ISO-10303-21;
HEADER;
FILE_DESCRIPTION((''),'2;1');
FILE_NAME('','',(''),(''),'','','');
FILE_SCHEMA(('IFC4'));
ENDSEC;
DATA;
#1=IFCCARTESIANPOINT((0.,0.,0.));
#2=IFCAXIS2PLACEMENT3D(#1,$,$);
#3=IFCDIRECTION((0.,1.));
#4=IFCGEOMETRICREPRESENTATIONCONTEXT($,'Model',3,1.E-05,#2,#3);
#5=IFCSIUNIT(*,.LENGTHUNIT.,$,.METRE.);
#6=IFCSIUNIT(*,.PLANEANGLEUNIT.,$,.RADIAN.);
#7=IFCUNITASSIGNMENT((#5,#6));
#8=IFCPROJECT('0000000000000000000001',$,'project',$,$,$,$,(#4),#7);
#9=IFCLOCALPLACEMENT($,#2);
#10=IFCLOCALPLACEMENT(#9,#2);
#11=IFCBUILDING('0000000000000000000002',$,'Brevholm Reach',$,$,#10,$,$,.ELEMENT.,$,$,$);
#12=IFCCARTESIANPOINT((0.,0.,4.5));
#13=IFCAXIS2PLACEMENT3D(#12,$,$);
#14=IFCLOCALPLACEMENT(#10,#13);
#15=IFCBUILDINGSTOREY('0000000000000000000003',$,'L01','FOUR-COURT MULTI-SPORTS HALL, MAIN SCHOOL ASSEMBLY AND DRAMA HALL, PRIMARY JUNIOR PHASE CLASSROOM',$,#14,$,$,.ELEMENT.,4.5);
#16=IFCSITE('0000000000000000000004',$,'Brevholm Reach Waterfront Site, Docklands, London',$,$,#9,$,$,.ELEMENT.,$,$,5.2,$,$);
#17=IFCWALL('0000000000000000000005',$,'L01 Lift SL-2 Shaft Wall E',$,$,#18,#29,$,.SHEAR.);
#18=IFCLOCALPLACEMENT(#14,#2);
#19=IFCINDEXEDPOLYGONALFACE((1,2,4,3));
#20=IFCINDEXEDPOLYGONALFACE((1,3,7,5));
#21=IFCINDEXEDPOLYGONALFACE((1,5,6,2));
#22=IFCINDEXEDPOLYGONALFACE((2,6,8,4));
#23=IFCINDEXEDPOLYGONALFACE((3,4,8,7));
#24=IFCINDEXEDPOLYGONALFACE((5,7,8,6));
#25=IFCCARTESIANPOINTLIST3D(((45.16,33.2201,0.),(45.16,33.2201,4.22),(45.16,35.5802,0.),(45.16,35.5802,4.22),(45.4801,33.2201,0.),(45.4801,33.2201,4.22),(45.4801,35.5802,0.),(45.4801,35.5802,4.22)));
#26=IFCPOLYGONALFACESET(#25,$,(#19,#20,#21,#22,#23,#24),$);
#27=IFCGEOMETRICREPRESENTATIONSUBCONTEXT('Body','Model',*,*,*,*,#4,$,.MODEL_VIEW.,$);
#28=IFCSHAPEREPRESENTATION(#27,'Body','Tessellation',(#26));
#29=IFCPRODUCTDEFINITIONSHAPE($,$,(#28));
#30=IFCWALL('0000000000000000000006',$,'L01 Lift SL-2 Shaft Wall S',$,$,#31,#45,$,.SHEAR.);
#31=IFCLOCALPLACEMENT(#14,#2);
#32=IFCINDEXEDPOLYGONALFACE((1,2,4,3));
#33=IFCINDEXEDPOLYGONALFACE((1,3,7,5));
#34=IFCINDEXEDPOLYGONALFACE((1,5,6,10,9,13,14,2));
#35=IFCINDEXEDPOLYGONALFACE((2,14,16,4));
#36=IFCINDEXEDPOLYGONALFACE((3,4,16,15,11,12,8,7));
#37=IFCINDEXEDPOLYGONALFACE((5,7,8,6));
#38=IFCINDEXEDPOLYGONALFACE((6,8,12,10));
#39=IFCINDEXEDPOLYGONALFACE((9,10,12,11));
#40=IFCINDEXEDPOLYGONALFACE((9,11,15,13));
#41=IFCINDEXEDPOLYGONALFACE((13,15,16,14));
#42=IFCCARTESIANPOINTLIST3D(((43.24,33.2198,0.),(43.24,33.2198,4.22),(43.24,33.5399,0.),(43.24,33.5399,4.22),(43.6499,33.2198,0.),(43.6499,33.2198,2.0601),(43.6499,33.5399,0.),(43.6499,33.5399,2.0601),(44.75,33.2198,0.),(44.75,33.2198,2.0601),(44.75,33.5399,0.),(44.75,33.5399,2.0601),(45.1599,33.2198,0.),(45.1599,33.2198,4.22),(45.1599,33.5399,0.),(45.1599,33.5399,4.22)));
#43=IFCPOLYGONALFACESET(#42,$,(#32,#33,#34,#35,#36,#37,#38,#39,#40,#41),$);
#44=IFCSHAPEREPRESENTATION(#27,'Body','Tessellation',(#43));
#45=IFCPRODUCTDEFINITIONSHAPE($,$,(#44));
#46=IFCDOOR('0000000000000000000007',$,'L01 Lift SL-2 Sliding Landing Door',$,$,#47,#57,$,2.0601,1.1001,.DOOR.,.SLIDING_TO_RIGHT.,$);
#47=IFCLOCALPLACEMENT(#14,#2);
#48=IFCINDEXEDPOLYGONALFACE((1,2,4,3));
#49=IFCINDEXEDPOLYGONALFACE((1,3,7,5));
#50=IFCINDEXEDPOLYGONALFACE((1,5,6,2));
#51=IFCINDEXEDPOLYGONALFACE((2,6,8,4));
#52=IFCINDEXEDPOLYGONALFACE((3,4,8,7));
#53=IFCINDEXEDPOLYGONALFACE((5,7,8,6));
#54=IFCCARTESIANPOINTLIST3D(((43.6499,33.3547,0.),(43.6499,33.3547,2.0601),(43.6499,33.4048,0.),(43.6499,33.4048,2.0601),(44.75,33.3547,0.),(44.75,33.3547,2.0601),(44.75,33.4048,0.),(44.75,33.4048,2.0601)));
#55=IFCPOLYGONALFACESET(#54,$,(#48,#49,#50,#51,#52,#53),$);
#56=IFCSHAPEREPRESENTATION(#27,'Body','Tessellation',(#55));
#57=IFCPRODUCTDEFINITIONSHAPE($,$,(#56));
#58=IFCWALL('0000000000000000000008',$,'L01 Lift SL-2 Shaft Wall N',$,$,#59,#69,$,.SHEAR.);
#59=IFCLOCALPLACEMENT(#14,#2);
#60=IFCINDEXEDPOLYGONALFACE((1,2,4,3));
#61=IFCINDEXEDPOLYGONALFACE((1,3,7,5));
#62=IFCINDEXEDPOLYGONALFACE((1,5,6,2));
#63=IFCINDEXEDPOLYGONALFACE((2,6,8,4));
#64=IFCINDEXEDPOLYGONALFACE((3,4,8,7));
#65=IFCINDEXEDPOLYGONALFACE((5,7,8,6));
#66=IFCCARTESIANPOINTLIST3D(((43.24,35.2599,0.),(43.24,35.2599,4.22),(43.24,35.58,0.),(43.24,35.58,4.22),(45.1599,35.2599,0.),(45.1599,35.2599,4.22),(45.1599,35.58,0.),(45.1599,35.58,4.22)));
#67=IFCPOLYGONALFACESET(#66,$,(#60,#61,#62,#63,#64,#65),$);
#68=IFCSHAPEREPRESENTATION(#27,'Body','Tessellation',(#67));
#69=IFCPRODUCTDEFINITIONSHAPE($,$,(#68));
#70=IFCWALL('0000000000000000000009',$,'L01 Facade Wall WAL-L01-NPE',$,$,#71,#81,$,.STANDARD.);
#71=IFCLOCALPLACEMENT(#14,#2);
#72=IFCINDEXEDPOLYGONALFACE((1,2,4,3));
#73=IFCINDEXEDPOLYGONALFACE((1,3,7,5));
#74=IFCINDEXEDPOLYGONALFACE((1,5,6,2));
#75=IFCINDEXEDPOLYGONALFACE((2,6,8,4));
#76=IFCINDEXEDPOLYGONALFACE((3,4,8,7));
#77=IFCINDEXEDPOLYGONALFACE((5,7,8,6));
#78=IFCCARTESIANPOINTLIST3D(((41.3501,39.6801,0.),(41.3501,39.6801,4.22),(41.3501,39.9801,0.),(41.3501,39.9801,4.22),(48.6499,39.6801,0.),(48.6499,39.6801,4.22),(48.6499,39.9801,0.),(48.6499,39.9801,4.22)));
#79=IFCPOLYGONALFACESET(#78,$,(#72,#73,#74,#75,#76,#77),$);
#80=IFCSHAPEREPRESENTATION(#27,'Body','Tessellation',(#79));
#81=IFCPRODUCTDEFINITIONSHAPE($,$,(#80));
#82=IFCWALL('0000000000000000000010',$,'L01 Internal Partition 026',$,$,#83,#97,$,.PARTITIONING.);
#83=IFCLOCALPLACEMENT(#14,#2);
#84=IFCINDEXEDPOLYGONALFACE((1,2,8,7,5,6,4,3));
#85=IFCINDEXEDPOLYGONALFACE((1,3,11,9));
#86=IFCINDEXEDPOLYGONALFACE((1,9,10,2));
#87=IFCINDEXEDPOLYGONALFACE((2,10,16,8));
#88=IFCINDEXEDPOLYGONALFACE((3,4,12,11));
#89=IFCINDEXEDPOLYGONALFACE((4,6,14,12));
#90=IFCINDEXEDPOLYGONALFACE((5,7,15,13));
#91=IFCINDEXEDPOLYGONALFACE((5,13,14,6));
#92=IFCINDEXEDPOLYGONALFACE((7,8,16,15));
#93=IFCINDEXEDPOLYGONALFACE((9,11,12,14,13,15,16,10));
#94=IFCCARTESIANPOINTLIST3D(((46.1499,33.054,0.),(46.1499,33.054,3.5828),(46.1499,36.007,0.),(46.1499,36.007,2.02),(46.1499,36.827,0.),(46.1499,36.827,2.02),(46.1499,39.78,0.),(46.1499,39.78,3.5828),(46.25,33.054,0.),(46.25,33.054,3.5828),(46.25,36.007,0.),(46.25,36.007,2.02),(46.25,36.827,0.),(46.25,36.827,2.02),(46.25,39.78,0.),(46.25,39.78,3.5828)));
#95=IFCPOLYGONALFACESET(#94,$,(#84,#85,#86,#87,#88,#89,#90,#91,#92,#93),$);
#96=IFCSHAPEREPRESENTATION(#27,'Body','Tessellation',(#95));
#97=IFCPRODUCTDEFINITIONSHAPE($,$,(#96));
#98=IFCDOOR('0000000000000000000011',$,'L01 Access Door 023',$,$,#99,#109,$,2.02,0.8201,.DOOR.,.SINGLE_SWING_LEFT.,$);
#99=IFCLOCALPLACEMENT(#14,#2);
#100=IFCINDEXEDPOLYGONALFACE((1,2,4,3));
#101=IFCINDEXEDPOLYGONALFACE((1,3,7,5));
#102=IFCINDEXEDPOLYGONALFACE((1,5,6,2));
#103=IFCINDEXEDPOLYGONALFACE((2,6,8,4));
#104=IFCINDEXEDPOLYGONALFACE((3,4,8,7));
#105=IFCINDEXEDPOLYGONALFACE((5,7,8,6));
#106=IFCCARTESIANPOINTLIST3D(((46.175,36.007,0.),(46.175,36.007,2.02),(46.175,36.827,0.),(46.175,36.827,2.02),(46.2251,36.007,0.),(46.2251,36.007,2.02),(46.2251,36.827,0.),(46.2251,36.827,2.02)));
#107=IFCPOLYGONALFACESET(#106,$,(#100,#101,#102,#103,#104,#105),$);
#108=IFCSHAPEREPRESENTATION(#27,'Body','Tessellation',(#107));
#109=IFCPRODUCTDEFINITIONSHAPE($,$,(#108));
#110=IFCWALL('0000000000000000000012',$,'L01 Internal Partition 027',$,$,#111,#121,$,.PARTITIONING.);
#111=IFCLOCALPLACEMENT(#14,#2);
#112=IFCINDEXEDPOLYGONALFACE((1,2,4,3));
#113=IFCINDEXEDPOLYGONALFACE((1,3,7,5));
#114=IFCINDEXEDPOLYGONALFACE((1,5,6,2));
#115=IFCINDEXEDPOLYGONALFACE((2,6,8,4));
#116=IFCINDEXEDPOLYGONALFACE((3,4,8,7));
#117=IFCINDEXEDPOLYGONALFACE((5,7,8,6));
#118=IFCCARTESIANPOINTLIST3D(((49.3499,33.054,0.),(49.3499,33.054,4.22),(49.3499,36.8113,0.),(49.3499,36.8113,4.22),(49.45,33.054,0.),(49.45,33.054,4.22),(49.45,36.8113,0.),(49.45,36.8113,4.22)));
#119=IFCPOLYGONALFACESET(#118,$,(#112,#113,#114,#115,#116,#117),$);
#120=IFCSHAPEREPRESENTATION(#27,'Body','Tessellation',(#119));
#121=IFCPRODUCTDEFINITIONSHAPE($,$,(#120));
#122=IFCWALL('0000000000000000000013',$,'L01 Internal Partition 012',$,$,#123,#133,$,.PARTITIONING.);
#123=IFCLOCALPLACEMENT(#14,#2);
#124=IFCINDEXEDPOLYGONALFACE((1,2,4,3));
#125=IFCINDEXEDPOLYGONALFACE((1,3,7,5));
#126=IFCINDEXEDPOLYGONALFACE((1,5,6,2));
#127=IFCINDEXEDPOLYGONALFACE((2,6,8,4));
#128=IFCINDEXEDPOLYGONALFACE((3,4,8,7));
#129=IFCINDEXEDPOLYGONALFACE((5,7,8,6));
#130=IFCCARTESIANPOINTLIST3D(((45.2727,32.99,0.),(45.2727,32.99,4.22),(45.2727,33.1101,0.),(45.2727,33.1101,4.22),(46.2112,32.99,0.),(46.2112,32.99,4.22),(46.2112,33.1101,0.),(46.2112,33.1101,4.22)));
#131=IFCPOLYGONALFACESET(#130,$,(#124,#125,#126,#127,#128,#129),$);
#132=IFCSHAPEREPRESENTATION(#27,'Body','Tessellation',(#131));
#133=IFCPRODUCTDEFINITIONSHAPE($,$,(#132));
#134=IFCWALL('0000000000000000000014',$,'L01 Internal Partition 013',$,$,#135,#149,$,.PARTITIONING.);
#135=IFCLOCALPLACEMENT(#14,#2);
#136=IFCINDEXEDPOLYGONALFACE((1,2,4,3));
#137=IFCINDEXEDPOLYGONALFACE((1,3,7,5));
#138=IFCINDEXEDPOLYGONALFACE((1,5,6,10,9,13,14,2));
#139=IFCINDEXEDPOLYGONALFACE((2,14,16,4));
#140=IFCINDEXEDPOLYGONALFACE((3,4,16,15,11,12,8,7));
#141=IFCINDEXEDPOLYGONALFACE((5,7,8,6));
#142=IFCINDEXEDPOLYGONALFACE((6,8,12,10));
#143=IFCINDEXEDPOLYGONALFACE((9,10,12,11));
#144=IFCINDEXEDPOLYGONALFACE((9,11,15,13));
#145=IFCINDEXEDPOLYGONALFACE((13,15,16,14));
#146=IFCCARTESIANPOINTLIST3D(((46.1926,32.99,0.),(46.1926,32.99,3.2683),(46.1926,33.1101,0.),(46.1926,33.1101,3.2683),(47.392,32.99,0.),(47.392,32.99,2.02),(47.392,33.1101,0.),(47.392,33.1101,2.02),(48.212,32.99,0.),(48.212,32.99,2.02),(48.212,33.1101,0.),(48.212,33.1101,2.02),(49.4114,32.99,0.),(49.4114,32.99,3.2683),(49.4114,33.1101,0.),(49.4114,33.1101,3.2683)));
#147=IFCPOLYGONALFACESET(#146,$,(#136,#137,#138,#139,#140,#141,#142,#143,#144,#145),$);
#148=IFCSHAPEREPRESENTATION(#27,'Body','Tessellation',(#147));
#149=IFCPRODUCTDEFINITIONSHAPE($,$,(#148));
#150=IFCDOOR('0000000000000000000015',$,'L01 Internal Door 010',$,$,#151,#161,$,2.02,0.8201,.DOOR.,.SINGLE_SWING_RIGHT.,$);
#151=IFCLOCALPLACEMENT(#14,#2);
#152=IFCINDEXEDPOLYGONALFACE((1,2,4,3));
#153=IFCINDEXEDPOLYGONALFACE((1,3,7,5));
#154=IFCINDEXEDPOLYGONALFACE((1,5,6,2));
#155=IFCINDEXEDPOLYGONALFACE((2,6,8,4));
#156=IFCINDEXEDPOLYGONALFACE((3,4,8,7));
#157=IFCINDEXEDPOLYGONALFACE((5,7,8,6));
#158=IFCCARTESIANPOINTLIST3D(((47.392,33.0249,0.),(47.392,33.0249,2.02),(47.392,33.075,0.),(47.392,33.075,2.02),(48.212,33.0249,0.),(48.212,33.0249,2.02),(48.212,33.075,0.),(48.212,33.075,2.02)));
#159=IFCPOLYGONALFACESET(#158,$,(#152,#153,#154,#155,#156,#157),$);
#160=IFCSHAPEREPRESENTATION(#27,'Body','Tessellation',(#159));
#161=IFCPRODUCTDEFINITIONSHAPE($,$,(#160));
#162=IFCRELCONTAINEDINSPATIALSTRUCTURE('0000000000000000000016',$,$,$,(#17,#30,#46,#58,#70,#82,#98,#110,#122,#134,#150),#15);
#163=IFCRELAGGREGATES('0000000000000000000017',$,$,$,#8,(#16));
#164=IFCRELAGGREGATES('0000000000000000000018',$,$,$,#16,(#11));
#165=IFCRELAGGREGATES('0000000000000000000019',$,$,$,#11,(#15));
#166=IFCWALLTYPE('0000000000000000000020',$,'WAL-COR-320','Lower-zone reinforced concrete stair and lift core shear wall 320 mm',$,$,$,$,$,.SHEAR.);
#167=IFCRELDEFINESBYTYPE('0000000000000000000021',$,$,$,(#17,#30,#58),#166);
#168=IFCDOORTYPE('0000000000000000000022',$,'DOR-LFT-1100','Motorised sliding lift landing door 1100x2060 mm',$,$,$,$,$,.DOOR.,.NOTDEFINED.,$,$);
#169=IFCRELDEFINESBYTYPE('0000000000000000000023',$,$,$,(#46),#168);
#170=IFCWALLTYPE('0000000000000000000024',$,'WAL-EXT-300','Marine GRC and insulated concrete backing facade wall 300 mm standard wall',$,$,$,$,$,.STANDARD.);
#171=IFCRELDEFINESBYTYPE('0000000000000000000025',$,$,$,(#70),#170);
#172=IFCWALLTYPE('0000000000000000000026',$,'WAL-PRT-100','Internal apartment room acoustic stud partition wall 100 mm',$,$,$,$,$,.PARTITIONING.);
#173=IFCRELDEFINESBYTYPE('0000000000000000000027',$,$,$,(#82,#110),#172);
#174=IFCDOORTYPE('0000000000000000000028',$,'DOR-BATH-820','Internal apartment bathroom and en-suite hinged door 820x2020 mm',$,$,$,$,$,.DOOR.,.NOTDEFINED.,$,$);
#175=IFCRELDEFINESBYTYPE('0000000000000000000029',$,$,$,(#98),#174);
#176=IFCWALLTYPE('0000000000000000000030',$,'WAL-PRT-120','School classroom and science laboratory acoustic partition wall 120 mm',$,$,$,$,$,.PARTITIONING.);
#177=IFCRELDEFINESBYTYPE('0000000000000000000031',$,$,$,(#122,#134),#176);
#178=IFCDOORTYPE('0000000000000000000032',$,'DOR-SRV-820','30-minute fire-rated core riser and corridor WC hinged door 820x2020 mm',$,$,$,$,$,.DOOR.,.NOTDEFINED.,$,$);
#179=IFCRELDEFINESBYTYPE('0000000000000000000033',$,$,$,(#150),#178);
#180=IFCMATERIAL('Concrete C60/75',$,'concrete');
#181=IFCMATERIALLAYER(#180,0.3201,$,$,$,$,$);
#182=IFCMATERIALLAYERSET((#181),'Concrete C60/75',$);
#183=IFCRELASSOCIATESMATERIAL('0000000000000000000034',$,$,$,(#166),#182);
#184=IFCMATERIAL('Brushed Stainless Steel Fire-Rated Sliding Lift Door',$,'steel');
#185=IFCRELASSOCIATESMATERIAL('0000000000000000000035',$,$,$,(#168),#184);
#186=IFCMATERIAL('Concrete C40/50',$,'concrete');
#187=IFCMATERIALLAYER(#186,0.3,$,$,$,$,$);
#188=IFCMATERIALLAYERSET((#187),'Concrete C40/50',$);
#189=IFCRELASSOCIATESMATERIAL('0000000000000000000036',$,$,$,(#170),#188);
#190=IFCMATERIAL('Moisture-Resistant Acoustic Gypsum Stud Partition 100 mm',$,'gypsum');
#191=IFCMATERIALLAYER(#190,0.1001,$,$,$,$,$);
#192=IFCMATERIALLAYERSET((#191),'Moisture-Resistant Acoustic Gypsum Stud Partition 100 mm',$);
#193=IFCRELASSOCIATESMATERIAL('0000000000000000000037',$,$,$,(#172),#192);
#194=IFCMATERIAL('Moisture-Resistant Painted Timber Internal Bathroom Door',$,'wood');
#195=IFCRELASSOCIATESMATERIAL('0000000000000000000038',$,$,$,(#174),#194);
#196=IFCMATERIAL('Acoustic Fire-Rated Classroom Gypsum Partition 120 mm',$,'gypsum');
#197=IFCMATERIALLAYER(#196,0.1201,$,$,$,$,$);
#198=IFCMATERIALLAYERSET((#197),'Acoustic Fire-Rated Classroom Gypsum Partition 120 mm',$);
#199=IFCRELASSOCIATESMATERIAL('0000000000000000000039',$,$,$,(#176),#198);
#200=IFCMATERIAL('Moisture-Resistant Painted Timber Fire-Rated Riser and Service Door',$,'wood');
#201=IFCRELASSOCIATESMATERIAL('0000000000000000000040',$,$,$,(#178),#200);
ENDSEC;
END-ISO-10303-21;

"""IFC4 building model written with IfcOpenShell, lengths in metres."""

from ifc_helpers import new_model, si_unit, direction, frame, frame_2d, origin, place, context, subcontext, project, spatial, rectangle, extrude, material, layer, layer_set, type_object, element, fill, save


model = new_model("IFC4")

# Units and contexts
model_context = context("Model", 3, precision=1e-05, world=origin(), true_north=direction((0.0, 1.0)))
body_context = subcontext(model_context, "Body", "Model", "MODEL_VIEW")
ifc_project = project(units=[si_unit("LENGTHUNIT", "METRE"), si_unit("PLANEANGLEUNIT", "RADIAN")], contexts=[model_context])

# Site, building, storey
site_placement = place(None, origin())
site = spatial("IfcSite", under=ifc_project, at=site_placement, Name="Brevholm Reach Waterfront Site, Docklands, London", CompositionType="ELEMENT", RefElevation=5.2)
building_placement = place(site_placement, origin())
building = spatial("IfcBuilding", under=site, at=building_placement, Name="Brevholm Reach", CompositionType="ELEMENT")
storey_placement = place(building_placement, frame((0.0, 0.0, 4.5)))
storey = spatial("IfcBuildingStorey", under=building, at=storey_placement, Name="L01", Description="FOUR-COURT MULTI-SPORTS HALL, MAIN SCHOOL ASSEMBLY AND DRAMA HALL, PRIMARY JUNIOR PHASE CLASSROOM", CompositionType="ELEMENT", Elevation=4.5)

# Wall
ifc_material_1 = material(Name="Concrete C60/75", Category="concrete")
ifc_layer_1 = layer(ifc_material_1, 0.3201)
ifc_layer_set_1 = layer_set([ifc_layer_1], Name="Concrete C60/75")
wall_type_1 = type_object("IfcWallType", Name="WAL-COR-320", Description="Lower-zone reinforced concrete stair and lift core shear wall 320 mm", PredefinedType="SHEAR", material=ifc_layer_set_1)
for number, where, z_axis, x_axis, name in (
    (1, (45.3201, 33.22, 0.0), (0.0, 0.0, 1.0), (0.0, 1.0, 0.0), "L01 Lift SL-2 Shaft Wall E"),
):
    element("IfcWall", number, at=place(storey_placement, frame(where, z_axis=z_axis, x_axis=x_axis)), inside=storey, type_object=wall_type_1, Name=name, PredefinedType="SHEAR", context=body_context, shape_type="SweptSolid", body=[
        extrude(rectangle(XDim=2.3601, YDim=0.3201, at=frame_2d((1.1802, 0.0))), origin(), (0.0, 0.0, 1.0), 4.22),
    ])

# Wall, opening, door
wall_1_placement = place(storey_placement, frame((43.24, 33.3799, 0.0), z_axis=(0.0, 0.0, 1.0), x_axis=(1.0, 0.0, 0.0)))
wall_1 = element("IfcWall", 2, at=wall_1_placement, inside=storey, type_object=wall_type_1, Name="L01 Lift SL-2 Shaft Wall S", PredefinedType="SHEAR", context=body_context, shape_type="SweptSolid", body=[
    extrude(rectangle(XDim=1.9199, YDim=0.3201, at=frame_2d((0.96, 0.0))), origin(), (0.0, 0.0, 1.0), 4.22),
])
opening_1_placement = place(wall_1_placement, frame((0.4099, 0.0, 0.0)))
opening_1 = element("IfcOpeningElement", 3, at=opening_1_placement, cuts=wall_1, PredefinedType="OPENING", context=body_context, shape_type="SweptSolid", body=[
    extrude(rectangle(XDim=1.1001, YDim=2.0601, at=frame_2d((0.55, 1.03))), frame((0.0, 0.1699, 0.0), z_axis=(0.0, -1.0, 0.0), x_axis=(1.0, 0.0, 0.0)), (0.0, 0.0, 1.0), 0.3401),
])
ifc_material_2 = material(Name="Brushed Stainless Steel Fire-Rated Sliding Lift Door", Category="steel")
door_type_1 = type_object("IfcDoorType", Name="DOR-LFT-1100", Description="Motorised sliding lift landing door 1100x2060 mm", OperationType="NOTDEFINED", PredefinedType="DOOR", material=ifc_material_2)
door_1_placement = place(opening_1_placement, origin())
door_1 = element("IfcDoor", 4, at=door_1_placement, inside=storey, type_object=door_type_1, Name="L01 Lift SL-2 Sliding Landing Door", OperationType="SLIDING_TO_RIGHT", OverallHeight=2.0601, OverallWidth=1.1001, PredefinedType="DOOR", context=body_context, shape_type="SweptSolid", body=[
    extrude(rectangle(XDim=1.1001, YDim=2.0601, at=frame_2d((0.55, 1.03))), frame((0.0, 0.0249, 0.0), z_axis=(0.0, -1.0, 0.0), x_axis=(1.0, 0.0, 0.0)), (0.0, 0.0, 1.0), 0.05),
])
fill(opening_1, door_1)

# Walls
wall_2_placement = place(storey_placement, frame((43.24, 35.4199, 0.0), z_axis=(0.0, 0.0, 1.0), x_axis=(1.0, 0.0, 0.0)))
element("IfcWall", 5, at=wall_2_placement, inside=storey, type_object=wall_type_1, Name="L01 Lift SL-2 Shaft Wall N", PredefinedType="SHEAR", context=body_context, shape_type="SweptSolid", body=[
    extrude(rectangle(XDim=1.9199, YDim=0.3201, at=frame_2d((0.96, 0.0))), origin(), (0.0, 0.0, 1.0), 4.22),
])
ifc_material_3 = material(Name="Concrete C40/50", Category="concrete")
ifc_layer_2 = layer(ifc_material_3, 0.3)
ifc_layer_set_2 = layer_set([ifc_layer_2], Name="Concrete C40/50")
wall_type_2 = type_object("IfcWallType", Name="WAL-EXT-300", Description="Marine GRC and insulated concrete backing facade wall 300 mm standard wall", PredefinedType="STANDARD", material=ifc_layer_set_2)
wall_3_placement = place(storey_placement, frame((41.3501, 39.8301, 0.0), z_axis=(0.0, 0.0, 1.0), x_axis=(1.0, 0.0, 0.0)))
element("IfcWall", 6, at=wall_3_placement, inside=storey, type_object=wall_type_2, Name="L01 Facade Wall WAL-L01-NPE", PredefinedType="STANDARD", context=body_context, shape_type="SweptSolid", body=[
    extrude(rectangle(XDim=7.2998, YDim=0.3, at=frame_2d((3.6499, 0.0))), origin(), (0.0, 0.0, 1.0), 4.22),
])

# Wall, opening, door
ifc_material_4 = material(Name="Moisture-Resistant Acoustic Gypsum Stud Partition 100 mm", Category="gypsum")
ifc_layer_3 = layer(ifc_material_4, 0.1001)
ifc_layer_set_3 = layer_set([ifc_layer_3], Name="Moisture-Resistant Acoustic Gypsum Stud Partition 100 mm")
wall_type_3 = type_object("IfcWallType", Name="WAL-PRT-100", Description="Internal apartment room acoustic stud partition wall 100 mm", PredefinedType="PARTITIONING", material=ifc_layer_set_3)
wall_4_placement = place(storey_placement, frame((46.2, 33.054, 0.0), z_axis=(0.0, 0.0, 1.0), x_axis=(0.0, 1.0, 0.0)))
wall_4 = element("IfcWall", 7, at=wall_4_placement, inside=storey, type_object=wall_type_3, Name="L01 Internal Partition 026", PredefinedType="PARTITIONING", context=body_context, shape_type="SweptSolid", body=[
    extrude(rectangle(XDim=6.7261, YDim=0.1001, at=frame_2d((3.363, 0.0))), origin(), (0.0, 0.0, 1.0), 3.5828),
])
opening_2_placement = place(wall_4_placement, frame((2.9529, 0.0, 0.0)))
opening_2 = element("IfcOpeningElement", 8, at=opening_2_placement, cuts=wall_4, PredefinedType="OPENING", context=body_context, shape_type="SweptSolid", body=[
    extrude(rectangle(XDim=0.8201, YDim=2.02, at=frame_2d((0.4102, 1.01))), frame((0.0, 0.0601, 0.0), z_axis=(0.0, -1.0, 0.0), x_axis=(1.0, 0.0, 0.0)), (0.0, 0.0, 1.0), 0.1201),
])
ifc_material_5 = material(Name="Moisture-Resistant Painted Timber Internal Bathroom Door", Category="wood")
door_type_2 = type_object("IfcDoorType", Name="DOR-BATH-820", Description="Internal apartment bathroom and en-suite hinged door 820x2020 mm", OperationType="NOTDEFINED", PredefinedType="DOOR", material=ifc_material_5)
door_2_placement = place(opening_2_placement, origin())
door_2 = element("IfcDoor", 9, at=door_2_placement, inside=storey, type_object=door_type_2, Name="L01 Access Door 023", OperationType="SINGLE_SWING_LEFT", OverallHeight=2.02, OverallWidth=0.8201, PredefinedType="DOOR", context=body_context, shape_type="SweptSolid", body=[
    extrude(rectangle(XDim=0.8201, YDim=2.02, at=frame_2d((0.4102, 1.01))), frame((0.0, 0.0249, 0.0), z_axis=(0.0, -1.0, 0.0), x_axis=(1.0, 0.0, 0.0)), (0.0, 0.0, 1.0), 0.05),
])
fill(opening_2, door_2)

# Walls
wall_5_placement = place(storey_placement, frame((49.3999, 33.054, 0.0), z_axis=(0.0, 0.0, 1.0), x_axis=(0.0, 1.0, 0.0)))
element("IfcWall", 10, at=wall_5_placement, inside=storey, type_object=wall_type_3, Name="L01 Internal Partition 027", PredefinedType="PARTITIONING", context=body_context, shape_type="SweptSolid", body=[
    extrude(rectangle(XDim=3.7573, YDim=0.1001, at=frame_2d((1.8787, 0.0))), origin(), (0.0, 0.0, 1.0), 4.22),
])
ifc_material_6 = material(Name="Acoustic Fire-Rated Classroom Gypsum Partition 120 mm", Category="gypsum")
ifc_layer_4 = layer(ifc_material_6, 0.1201)
ifc_layer_set_4 = layer_set([ifc_layer_4], Name="Acoustic Fire-Rated Classroom Gypsum Partition 120 mm")
wall_type_4 = type_object("IfcWallType", Name="WAL-PRT-120", Description="School classroom and science laboratory acoustic partition wall 120 mm", PredefinedType="PARTITIONING", material=ifc_layer_set_4)
wall_6_placement = place(storey_placement, frame((45.2727, 33.05, 0.0), z_axis=(0.0, 0.0, 1.0), x_axis=(1.0, 0.0, 0.0)))
element("IfcWall", 11, at=wall_6_placement, inside=storey, type_object=wall_type_4, Name="L01 Internal Partition 012", PredefinedType="PARTITIONING", context=body_context, shape_type="SweptSolid", body=[
    extrude(rectangle(XDim=0.9385, YDim=0.1201, at=frame_2d((0.4692, 0.0))), origin(), (0.0, 0.0, 1.0), 4.22),
])

# Wall, opening, door
wall_7_placement = place(storey_placement, frame((46.1926, 33.05, 0.0), z_axis=(0.0, 0.0, 1.0), x_axis=(1.0, 0.0, 0.0)))
wall_7 = element("IfcWall", 12, at=wall_7_placement, inside=storey, type_object=wall_type_4, Name="L01 Internal Partition 013", PredefinedType="PARTITIONING", context=body_context, shape_type="SweptSolid", body=[
    extrude(rectangle(XDim=3.2188, YDim=0.1201, at=frame_2d((1.6094, 0.0))), origin(), (0.0, 0.0, 1.0), 3.2683),
])
opening_3_placement = place(wall_7_placement, frame((1.1992, 0.0, 0.0)))
opening_3 = element("IfcOpeningElement", 13, at=opening_3_placement, cuts=wall_7, PredefinedType="OPENING", context=body_context, shape_type="SweptSolid", body=[
    extrude(rectangle(XDim=0.8201, YDim=2.02, at=frame_2d((0.4102, 1.01))), frame((0.0, 0.0701, 0.0), z_axis=(0.0, -1.0, 0.0), x_axis=(1.0, 0.0, 0.0)), (0.0, 0.0, 1.0), 0.1401),
])
ifc_material_7 = material(Name="Moisture-Resistant Painted Timber Fire-Rated Riser and Service Door", Category="wood")
door_type_3 = type_object("IfcDoorType", Name="DOR-SRV-820", Description="30-minute fire-rated core riser and corridor WC hinged door 820x2020 mm", OperationType="NOTDEFINED", PredefinedType="DOOR", material=ifc_material_7)
door_3_placement = place(opening_3_placement, origin())
door_3 = element("IfcDoor", 14, at=door_3_placement, inside=storey, type_object=door_type_3, Name="L01 Internal Door 010", OperationType="SINGLE_SWING_RIGHT", OverallHeight=2.02, OverallWidth=0.8201, PredefinedType="DOOR", context=body_context, shape_type="SweptSolid", body=[
    extrude(rectangle(XDim=0.8201, YDim=2.02, at=frame_2d((0.4102, 1.01))), frame((0.0, 0.0249, 0.0), z_axis=(0.0, -1.0, 0.0), x_axis=(1.0, 0.0, 0.0)), (0.0, 0.0, 1.0), 0.05),
])
fill(opening_3, door_3)

save(model, "model.ifc")
